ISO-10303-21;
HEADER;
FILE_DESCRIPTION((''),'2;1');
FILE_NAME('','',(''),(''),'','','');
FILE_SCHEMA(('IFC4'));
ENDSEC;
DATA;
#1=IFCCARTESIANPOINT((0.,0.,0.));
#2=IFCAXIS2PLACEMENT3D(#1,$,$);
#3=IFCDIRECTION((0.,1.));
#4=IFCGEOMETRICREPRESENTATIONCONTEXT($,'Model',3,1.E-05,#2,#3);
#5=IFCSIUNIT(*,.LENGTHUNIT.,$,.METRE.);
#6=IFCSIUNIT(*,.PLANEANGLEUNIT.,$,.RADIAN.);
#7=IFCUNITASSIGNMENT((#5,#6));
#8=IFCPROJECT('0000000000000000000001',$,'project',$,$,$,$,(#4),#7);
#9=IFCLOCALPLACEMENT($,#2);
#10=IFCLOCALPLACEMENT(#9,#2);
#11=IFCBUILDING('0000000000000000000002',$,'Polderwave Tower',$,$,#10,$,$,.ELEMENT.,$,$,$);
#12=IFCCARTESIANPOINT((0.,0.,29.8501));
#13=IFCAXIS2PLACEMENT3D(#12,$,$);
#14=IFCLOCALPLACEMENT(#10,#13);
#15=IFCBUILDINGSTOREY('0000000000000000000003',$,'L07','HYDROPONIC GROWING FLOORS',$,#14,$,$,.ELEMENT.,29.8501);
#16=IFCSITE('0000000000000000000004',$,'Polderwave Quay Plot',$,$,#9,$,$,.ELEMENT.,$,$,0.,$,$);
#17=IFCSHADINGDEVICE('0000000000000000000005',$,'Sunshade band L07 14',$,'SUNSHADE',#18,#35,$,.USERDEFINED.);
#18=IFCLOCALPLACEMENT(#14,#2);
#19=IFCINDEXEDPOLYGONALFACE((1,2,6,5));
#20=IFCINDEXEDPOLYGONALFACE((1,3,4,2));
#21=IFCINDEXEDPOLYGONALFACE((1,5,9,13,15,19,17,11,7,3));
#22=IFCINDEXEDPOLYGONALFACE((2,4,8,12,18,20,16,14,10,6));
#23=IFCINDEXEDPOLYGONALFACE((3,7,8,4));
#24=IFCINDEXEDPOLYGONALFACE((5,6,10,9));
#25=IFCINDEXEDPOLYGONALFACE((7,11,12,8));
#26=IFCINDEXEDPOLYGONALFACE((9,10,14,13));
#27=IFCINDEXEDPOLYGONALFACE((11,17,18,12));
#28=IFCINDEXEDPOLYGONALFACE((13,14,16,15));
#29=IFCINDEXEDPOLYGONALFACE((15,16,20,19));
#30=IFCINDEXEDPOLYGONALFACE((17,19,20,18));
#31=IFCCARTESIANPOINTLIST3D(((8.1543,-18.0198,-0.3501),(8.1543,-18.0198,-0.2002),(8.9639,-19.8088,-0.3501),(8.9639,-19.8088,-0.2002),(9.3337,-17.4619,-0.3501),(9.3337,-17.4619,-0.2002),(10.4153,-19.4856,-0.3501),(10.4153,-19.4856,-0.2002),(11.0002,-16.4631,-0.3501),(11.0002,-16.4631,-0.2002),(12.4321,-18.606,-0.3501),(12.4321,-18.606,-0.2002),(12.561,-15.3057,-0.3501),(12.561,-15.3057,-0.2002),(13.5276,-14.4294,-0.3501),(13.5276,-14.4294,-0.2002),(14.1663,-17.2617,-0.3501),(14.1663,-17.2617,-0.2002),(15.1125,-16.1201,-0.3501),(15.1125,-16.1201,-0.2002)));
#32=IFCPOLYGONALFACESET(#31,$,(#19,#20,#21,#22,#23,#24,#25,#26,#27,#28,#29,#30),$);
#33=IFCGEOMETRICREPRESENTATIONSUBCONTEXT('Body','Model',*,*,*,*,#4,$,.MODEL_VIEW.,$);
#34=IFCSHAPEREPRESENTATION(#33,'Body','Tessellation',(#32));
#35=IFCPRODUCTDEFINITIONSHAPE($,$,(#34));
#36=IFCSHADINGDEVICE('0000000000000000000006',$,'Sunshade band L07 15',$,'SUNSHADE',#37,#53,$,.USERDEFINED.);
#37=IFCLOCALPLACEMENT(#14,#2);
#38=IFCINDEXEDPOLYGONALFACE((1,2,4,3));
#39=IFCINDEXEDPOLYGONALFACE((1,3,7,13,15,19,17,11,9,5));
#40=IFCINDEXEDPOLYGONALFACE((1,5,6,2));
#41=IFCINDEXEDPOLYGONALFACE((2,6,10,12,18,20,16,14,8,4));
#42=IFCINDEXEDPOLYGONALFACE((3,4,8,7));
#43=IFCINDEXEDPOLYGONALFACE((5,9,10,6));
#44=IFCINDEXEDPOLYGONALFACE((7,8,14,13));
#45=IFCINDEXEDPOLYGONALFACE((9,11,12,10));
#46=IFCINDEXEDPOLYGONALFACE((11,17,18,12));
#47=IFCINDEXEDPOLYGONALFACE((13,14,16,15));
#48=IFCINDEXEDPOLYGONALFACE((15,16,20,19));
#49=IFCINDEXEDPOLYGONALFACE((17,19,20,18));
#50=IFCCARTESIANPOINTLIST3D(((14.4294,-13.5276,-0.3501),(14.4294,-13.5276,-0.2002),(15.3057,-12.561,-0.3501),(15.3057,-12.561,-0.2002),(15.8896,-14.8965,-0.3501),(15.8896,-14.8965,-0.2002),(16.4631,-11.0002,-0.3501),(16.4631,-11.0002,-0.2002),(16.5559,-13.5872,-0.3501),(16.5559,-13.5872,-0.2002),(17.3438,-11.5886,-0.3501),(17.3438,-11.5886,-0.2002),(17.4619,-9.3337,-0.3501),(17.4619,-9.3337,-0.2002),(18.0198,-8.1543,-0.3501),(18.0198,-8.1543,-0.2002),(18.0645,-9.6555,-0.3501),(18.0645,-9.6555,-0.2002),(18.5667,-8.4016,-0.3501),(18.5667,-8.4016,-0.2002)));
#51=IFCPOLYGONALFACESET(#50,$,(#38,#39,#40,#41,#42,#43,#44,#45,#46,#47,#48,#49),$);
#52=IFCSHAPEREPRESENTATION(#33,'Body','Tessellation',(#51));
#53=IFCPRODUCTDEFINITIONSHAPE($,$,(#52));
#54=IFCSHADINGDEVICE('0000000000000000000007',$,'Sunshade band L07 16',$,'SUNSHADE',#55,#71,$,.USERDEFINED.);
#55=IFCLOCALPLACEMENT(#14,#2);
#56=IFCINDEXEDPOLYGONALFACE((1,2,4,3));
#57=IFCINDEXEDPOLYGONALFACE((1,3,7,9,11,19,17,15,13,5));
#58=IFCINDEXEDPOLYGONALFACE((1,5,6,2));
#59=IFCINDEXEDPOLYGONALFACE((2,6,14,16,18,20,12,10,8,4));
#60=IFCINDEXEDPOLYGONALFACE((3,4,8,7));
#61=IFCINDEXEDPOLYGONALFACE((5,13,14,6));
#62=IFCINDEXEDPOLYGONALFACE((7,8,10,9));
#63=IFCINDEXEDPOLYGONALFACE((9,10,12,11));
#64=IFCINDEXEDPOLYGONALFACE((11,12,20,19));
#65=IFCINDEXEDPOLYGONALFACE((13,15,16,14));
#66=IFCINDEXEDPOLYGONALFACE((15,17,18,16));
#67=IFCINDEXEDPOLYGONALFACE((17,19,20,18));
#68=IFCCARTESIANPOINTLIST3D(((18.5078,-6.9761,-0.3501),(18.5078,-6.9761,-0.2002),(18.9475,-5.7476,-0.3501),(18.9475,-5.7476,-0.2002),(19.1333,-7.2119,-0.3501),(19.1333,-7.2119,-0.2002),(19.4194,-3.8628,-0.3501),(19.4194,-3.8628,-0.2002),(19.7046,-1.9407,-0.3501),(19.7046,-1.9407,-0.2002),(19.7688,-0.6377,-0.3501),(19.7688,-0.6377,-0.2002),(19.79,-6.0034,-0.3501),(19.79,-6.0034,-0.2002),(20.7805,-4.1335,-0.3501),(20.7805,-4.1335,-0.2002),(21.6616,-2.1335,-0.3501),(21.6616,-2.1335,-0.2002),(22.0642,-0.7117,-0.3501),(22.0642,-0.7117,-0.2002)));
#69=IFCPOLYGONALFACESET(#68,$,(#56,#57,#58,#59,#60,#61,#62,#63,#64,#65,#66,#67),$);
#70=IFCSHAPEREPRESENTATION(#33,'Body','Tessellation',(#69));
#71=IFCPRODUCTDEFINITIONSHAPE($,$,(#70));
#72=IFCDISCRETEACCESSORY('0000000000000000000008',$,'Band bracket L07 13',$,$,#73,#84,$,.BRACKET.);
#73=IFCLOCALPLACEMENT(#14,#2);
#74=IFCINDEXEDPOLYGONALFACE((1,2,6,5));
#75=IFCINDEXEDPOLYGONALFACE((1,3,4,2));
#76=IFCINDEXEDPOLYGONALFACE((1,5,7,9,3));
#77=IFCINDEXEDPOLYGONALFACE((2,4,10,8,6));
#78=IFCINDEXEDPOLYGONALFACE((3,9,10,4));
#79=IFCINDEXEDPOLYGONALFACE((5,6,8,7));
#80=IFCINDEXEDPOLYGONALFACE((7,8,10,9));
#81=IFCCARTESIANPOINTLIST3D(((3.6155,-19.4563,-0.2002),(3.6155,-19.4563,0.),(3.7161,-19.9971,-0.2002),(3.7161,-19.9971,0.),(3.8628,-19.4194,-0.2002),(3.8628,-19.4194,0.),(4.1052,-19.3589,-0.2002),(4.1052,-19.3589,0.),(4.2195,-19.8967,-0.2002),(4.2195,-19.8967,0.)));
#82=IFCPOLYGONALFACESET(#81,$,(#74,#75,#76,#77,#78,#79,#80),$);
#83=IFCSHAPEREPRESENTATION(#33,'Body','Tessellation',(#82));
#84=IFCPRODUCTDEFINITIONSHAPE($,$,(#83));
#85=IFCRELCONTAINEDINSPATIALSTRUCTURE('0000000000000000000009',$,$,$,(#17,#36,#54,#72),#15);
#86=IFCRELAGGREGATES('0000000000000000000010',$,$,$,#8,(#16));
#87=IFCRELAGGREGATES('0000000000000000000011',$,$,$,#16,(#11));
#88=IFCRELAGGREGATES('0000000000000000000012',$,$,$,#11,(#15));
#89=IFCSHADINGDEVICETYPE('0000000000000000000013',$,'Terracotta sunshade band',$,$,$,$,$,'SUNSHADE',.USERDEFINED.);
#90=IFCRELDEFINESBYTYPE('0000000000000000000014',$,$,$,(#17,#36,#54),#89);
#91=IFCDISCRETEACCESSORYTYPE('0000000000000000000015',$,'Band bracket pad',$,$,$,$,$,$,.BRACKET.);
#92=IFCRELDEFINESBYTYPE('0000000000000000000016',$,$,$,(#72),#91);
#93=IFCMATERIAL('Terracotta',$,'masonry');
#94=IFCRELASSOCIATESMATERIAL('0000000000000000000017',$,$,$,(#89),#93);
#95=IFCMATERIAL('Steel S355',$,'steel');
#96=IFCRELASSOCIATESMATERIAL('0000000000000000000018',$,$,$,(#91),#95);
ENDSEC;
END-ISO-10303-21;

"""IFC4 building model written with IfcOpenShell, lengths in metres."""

from ifc_helpers import new_model, si_unit, direction, frame, origin, place, context, subcontext, project, spatial, polyline, outline, extrude, material, type_object, element, save


model = new_model("IFC4")

# Units and contexts
model_context = context("Model", 3, precision=1e-05, world=origin(), true_north=direction((0.0, 1.0)))
body_context = subcontext(model_context, "Body", "Model", "MODEL_VIEW")
ifc_project = project(units=[si_unit("LENGTHUNIT", "METRE"), si_unit("PLANEANGLEUNIT", "RADIAN")], contexts=[model_context])

# Site, building, storey
site_placement = place(None, origin())
site = spatial("IfcSite", under=ifc_project, at=site_placement, Name="Polderwave Quay Plot", CompositionType="ELEMENT", RefElevation=0.0)
building_placement = place(site_placement, origin())
building = spatial("IfcBuilding", under=site, at=building_placement, Name="Polderwave Tower", CompositionType="ELEMENT")
storey_placement = place(building_placement, frame((0.0, 0.0, 29.8501)))
storey = spatial("IfcBuildingStorey", under=building, at=storey_placement, Name="L07", Description="HYDROPONIC GROWING FLOORS", CompositionType="ELEMENT", Elevation=29.8501)

# Shading devices
ifc_material_1 = material(Name="Terracotta", Category="masonry")
shading_device_type = type_object("IfcShadingDeviceType", Name="Terracotta sunshade band", ElementType="SUNSHADE", PredefinedType="USERDEFINED", material=ifc_material_1)
shading_device_1_placement = place(storey_placement, frame((0.0, 0.0, -0.3501)))
element("IfcShadingDevice", 1, at=shading_device_1_placement, inside=storey, type_object=shading_device_type, Name="Sunshade band L07 14", ObjectType="SUNSHADE", PredefinedType="USERDEFINED", context=body_context, shape_type="SweptSolid", body=[
    extrude(outline(polyline([(8.1543, -18.0198), (9.3337, -17.4619), (11.0002, -16.4631), (12.561, -15.3057), (13.5276, -14.4294), (15.1125, -16.1201), (14.1663, -17.2617), (12.4321, -18.606), (10.4153, -19.4856), (8.9639, -19.8088), (8.1543, -18.0198)])), origin(), (0.0, 0.0, 1.0), 0.1499),
])
shading_device_2_placement = place(storey_placement, frame((0.0, 0.0, -0.3501)))
element("IfcShadingDevice", 2, at=shading_device_2_placement, inside=storey, type_object=shading_device_type, Name="Sunshade band L07 15", ObjectType="SUNSHADE", PredefinedType="USERDEFINED", context=body_context, shape_type="SweptSolid", body=[
    extrude(outline(polyline([(14.4294, -13.5276), (15.3057, -12.561), (16.4631, -11.0002), (17.4619, -9.3337), (18.0198, -8.1543), (18.5667, -8.4016), (18.0645, -9.6555), (17.3438, -11.5886), (16.5559, -13.5872), (15.8896, -14.8965), (14.4294, -13.5276)])), origin(), (0.0, 0.0, 1.0), 0.1499),
])
shading_device_3_placement = place(storey_placement, frame((0.0, 0.0, -0.3501)))
element("IfcShadingDevice", 3, at=shading_device_3_placement, inside=storey, type_object=shading_device_type, Name="Sunshade band L07 16", ObjectType="SUNSHADE", PredefinedType="USERDEFINED", context=body_context, shape_type="SweptSolid", body=[
    extrude(outline(polyline([(18.5078, -6.9761), (18.9475, -5.7476), (19.4194, -3.8628), (19.7046, -1.9407), (19.7688, -0.6377), (22.0642, -0.7117), (21.6616, -2.1335), (20.7805, -4.1335), (19.79, -6.0034), (19.1333, -7.2119), (18.5078, -6.9761)])), origin(), (0.0, 0.0, 1.0), 0.1499),
])

# Discrete accessory
ifc_material_2 = material(Name="Steel S355", Category="steel")
discrete_accessory_type = type_object("IfcDiscreteAccessoryType", Name="Band bracket pad", PredefinedType="BRACKET", material=ifc_material_2)
discrete_accessory_placement = place(storey_placement, frame((0.0, 0.0, -0.2002)))
element("IfcDiscreteAccessory", 4, at=discrete_accessory_placement, inside=storey, type_object=discrete_accessory_type, Name="Band bracket L07 13", PredefinedType="BRACKET", context=body_context, shape_type="SweptSolid", body=[
    extrude(outline(polyline([(3.6155, -19.4563), (3.8628, -19.4194), (4.1052, -19.3589), (4.2195, -19.8967), (3.7161, -19.9971), (3.6155, -19.4563)])), origin(), (0.0, 0.0, 1.0), 0.2002),
])

save(model, "model.ifc")
